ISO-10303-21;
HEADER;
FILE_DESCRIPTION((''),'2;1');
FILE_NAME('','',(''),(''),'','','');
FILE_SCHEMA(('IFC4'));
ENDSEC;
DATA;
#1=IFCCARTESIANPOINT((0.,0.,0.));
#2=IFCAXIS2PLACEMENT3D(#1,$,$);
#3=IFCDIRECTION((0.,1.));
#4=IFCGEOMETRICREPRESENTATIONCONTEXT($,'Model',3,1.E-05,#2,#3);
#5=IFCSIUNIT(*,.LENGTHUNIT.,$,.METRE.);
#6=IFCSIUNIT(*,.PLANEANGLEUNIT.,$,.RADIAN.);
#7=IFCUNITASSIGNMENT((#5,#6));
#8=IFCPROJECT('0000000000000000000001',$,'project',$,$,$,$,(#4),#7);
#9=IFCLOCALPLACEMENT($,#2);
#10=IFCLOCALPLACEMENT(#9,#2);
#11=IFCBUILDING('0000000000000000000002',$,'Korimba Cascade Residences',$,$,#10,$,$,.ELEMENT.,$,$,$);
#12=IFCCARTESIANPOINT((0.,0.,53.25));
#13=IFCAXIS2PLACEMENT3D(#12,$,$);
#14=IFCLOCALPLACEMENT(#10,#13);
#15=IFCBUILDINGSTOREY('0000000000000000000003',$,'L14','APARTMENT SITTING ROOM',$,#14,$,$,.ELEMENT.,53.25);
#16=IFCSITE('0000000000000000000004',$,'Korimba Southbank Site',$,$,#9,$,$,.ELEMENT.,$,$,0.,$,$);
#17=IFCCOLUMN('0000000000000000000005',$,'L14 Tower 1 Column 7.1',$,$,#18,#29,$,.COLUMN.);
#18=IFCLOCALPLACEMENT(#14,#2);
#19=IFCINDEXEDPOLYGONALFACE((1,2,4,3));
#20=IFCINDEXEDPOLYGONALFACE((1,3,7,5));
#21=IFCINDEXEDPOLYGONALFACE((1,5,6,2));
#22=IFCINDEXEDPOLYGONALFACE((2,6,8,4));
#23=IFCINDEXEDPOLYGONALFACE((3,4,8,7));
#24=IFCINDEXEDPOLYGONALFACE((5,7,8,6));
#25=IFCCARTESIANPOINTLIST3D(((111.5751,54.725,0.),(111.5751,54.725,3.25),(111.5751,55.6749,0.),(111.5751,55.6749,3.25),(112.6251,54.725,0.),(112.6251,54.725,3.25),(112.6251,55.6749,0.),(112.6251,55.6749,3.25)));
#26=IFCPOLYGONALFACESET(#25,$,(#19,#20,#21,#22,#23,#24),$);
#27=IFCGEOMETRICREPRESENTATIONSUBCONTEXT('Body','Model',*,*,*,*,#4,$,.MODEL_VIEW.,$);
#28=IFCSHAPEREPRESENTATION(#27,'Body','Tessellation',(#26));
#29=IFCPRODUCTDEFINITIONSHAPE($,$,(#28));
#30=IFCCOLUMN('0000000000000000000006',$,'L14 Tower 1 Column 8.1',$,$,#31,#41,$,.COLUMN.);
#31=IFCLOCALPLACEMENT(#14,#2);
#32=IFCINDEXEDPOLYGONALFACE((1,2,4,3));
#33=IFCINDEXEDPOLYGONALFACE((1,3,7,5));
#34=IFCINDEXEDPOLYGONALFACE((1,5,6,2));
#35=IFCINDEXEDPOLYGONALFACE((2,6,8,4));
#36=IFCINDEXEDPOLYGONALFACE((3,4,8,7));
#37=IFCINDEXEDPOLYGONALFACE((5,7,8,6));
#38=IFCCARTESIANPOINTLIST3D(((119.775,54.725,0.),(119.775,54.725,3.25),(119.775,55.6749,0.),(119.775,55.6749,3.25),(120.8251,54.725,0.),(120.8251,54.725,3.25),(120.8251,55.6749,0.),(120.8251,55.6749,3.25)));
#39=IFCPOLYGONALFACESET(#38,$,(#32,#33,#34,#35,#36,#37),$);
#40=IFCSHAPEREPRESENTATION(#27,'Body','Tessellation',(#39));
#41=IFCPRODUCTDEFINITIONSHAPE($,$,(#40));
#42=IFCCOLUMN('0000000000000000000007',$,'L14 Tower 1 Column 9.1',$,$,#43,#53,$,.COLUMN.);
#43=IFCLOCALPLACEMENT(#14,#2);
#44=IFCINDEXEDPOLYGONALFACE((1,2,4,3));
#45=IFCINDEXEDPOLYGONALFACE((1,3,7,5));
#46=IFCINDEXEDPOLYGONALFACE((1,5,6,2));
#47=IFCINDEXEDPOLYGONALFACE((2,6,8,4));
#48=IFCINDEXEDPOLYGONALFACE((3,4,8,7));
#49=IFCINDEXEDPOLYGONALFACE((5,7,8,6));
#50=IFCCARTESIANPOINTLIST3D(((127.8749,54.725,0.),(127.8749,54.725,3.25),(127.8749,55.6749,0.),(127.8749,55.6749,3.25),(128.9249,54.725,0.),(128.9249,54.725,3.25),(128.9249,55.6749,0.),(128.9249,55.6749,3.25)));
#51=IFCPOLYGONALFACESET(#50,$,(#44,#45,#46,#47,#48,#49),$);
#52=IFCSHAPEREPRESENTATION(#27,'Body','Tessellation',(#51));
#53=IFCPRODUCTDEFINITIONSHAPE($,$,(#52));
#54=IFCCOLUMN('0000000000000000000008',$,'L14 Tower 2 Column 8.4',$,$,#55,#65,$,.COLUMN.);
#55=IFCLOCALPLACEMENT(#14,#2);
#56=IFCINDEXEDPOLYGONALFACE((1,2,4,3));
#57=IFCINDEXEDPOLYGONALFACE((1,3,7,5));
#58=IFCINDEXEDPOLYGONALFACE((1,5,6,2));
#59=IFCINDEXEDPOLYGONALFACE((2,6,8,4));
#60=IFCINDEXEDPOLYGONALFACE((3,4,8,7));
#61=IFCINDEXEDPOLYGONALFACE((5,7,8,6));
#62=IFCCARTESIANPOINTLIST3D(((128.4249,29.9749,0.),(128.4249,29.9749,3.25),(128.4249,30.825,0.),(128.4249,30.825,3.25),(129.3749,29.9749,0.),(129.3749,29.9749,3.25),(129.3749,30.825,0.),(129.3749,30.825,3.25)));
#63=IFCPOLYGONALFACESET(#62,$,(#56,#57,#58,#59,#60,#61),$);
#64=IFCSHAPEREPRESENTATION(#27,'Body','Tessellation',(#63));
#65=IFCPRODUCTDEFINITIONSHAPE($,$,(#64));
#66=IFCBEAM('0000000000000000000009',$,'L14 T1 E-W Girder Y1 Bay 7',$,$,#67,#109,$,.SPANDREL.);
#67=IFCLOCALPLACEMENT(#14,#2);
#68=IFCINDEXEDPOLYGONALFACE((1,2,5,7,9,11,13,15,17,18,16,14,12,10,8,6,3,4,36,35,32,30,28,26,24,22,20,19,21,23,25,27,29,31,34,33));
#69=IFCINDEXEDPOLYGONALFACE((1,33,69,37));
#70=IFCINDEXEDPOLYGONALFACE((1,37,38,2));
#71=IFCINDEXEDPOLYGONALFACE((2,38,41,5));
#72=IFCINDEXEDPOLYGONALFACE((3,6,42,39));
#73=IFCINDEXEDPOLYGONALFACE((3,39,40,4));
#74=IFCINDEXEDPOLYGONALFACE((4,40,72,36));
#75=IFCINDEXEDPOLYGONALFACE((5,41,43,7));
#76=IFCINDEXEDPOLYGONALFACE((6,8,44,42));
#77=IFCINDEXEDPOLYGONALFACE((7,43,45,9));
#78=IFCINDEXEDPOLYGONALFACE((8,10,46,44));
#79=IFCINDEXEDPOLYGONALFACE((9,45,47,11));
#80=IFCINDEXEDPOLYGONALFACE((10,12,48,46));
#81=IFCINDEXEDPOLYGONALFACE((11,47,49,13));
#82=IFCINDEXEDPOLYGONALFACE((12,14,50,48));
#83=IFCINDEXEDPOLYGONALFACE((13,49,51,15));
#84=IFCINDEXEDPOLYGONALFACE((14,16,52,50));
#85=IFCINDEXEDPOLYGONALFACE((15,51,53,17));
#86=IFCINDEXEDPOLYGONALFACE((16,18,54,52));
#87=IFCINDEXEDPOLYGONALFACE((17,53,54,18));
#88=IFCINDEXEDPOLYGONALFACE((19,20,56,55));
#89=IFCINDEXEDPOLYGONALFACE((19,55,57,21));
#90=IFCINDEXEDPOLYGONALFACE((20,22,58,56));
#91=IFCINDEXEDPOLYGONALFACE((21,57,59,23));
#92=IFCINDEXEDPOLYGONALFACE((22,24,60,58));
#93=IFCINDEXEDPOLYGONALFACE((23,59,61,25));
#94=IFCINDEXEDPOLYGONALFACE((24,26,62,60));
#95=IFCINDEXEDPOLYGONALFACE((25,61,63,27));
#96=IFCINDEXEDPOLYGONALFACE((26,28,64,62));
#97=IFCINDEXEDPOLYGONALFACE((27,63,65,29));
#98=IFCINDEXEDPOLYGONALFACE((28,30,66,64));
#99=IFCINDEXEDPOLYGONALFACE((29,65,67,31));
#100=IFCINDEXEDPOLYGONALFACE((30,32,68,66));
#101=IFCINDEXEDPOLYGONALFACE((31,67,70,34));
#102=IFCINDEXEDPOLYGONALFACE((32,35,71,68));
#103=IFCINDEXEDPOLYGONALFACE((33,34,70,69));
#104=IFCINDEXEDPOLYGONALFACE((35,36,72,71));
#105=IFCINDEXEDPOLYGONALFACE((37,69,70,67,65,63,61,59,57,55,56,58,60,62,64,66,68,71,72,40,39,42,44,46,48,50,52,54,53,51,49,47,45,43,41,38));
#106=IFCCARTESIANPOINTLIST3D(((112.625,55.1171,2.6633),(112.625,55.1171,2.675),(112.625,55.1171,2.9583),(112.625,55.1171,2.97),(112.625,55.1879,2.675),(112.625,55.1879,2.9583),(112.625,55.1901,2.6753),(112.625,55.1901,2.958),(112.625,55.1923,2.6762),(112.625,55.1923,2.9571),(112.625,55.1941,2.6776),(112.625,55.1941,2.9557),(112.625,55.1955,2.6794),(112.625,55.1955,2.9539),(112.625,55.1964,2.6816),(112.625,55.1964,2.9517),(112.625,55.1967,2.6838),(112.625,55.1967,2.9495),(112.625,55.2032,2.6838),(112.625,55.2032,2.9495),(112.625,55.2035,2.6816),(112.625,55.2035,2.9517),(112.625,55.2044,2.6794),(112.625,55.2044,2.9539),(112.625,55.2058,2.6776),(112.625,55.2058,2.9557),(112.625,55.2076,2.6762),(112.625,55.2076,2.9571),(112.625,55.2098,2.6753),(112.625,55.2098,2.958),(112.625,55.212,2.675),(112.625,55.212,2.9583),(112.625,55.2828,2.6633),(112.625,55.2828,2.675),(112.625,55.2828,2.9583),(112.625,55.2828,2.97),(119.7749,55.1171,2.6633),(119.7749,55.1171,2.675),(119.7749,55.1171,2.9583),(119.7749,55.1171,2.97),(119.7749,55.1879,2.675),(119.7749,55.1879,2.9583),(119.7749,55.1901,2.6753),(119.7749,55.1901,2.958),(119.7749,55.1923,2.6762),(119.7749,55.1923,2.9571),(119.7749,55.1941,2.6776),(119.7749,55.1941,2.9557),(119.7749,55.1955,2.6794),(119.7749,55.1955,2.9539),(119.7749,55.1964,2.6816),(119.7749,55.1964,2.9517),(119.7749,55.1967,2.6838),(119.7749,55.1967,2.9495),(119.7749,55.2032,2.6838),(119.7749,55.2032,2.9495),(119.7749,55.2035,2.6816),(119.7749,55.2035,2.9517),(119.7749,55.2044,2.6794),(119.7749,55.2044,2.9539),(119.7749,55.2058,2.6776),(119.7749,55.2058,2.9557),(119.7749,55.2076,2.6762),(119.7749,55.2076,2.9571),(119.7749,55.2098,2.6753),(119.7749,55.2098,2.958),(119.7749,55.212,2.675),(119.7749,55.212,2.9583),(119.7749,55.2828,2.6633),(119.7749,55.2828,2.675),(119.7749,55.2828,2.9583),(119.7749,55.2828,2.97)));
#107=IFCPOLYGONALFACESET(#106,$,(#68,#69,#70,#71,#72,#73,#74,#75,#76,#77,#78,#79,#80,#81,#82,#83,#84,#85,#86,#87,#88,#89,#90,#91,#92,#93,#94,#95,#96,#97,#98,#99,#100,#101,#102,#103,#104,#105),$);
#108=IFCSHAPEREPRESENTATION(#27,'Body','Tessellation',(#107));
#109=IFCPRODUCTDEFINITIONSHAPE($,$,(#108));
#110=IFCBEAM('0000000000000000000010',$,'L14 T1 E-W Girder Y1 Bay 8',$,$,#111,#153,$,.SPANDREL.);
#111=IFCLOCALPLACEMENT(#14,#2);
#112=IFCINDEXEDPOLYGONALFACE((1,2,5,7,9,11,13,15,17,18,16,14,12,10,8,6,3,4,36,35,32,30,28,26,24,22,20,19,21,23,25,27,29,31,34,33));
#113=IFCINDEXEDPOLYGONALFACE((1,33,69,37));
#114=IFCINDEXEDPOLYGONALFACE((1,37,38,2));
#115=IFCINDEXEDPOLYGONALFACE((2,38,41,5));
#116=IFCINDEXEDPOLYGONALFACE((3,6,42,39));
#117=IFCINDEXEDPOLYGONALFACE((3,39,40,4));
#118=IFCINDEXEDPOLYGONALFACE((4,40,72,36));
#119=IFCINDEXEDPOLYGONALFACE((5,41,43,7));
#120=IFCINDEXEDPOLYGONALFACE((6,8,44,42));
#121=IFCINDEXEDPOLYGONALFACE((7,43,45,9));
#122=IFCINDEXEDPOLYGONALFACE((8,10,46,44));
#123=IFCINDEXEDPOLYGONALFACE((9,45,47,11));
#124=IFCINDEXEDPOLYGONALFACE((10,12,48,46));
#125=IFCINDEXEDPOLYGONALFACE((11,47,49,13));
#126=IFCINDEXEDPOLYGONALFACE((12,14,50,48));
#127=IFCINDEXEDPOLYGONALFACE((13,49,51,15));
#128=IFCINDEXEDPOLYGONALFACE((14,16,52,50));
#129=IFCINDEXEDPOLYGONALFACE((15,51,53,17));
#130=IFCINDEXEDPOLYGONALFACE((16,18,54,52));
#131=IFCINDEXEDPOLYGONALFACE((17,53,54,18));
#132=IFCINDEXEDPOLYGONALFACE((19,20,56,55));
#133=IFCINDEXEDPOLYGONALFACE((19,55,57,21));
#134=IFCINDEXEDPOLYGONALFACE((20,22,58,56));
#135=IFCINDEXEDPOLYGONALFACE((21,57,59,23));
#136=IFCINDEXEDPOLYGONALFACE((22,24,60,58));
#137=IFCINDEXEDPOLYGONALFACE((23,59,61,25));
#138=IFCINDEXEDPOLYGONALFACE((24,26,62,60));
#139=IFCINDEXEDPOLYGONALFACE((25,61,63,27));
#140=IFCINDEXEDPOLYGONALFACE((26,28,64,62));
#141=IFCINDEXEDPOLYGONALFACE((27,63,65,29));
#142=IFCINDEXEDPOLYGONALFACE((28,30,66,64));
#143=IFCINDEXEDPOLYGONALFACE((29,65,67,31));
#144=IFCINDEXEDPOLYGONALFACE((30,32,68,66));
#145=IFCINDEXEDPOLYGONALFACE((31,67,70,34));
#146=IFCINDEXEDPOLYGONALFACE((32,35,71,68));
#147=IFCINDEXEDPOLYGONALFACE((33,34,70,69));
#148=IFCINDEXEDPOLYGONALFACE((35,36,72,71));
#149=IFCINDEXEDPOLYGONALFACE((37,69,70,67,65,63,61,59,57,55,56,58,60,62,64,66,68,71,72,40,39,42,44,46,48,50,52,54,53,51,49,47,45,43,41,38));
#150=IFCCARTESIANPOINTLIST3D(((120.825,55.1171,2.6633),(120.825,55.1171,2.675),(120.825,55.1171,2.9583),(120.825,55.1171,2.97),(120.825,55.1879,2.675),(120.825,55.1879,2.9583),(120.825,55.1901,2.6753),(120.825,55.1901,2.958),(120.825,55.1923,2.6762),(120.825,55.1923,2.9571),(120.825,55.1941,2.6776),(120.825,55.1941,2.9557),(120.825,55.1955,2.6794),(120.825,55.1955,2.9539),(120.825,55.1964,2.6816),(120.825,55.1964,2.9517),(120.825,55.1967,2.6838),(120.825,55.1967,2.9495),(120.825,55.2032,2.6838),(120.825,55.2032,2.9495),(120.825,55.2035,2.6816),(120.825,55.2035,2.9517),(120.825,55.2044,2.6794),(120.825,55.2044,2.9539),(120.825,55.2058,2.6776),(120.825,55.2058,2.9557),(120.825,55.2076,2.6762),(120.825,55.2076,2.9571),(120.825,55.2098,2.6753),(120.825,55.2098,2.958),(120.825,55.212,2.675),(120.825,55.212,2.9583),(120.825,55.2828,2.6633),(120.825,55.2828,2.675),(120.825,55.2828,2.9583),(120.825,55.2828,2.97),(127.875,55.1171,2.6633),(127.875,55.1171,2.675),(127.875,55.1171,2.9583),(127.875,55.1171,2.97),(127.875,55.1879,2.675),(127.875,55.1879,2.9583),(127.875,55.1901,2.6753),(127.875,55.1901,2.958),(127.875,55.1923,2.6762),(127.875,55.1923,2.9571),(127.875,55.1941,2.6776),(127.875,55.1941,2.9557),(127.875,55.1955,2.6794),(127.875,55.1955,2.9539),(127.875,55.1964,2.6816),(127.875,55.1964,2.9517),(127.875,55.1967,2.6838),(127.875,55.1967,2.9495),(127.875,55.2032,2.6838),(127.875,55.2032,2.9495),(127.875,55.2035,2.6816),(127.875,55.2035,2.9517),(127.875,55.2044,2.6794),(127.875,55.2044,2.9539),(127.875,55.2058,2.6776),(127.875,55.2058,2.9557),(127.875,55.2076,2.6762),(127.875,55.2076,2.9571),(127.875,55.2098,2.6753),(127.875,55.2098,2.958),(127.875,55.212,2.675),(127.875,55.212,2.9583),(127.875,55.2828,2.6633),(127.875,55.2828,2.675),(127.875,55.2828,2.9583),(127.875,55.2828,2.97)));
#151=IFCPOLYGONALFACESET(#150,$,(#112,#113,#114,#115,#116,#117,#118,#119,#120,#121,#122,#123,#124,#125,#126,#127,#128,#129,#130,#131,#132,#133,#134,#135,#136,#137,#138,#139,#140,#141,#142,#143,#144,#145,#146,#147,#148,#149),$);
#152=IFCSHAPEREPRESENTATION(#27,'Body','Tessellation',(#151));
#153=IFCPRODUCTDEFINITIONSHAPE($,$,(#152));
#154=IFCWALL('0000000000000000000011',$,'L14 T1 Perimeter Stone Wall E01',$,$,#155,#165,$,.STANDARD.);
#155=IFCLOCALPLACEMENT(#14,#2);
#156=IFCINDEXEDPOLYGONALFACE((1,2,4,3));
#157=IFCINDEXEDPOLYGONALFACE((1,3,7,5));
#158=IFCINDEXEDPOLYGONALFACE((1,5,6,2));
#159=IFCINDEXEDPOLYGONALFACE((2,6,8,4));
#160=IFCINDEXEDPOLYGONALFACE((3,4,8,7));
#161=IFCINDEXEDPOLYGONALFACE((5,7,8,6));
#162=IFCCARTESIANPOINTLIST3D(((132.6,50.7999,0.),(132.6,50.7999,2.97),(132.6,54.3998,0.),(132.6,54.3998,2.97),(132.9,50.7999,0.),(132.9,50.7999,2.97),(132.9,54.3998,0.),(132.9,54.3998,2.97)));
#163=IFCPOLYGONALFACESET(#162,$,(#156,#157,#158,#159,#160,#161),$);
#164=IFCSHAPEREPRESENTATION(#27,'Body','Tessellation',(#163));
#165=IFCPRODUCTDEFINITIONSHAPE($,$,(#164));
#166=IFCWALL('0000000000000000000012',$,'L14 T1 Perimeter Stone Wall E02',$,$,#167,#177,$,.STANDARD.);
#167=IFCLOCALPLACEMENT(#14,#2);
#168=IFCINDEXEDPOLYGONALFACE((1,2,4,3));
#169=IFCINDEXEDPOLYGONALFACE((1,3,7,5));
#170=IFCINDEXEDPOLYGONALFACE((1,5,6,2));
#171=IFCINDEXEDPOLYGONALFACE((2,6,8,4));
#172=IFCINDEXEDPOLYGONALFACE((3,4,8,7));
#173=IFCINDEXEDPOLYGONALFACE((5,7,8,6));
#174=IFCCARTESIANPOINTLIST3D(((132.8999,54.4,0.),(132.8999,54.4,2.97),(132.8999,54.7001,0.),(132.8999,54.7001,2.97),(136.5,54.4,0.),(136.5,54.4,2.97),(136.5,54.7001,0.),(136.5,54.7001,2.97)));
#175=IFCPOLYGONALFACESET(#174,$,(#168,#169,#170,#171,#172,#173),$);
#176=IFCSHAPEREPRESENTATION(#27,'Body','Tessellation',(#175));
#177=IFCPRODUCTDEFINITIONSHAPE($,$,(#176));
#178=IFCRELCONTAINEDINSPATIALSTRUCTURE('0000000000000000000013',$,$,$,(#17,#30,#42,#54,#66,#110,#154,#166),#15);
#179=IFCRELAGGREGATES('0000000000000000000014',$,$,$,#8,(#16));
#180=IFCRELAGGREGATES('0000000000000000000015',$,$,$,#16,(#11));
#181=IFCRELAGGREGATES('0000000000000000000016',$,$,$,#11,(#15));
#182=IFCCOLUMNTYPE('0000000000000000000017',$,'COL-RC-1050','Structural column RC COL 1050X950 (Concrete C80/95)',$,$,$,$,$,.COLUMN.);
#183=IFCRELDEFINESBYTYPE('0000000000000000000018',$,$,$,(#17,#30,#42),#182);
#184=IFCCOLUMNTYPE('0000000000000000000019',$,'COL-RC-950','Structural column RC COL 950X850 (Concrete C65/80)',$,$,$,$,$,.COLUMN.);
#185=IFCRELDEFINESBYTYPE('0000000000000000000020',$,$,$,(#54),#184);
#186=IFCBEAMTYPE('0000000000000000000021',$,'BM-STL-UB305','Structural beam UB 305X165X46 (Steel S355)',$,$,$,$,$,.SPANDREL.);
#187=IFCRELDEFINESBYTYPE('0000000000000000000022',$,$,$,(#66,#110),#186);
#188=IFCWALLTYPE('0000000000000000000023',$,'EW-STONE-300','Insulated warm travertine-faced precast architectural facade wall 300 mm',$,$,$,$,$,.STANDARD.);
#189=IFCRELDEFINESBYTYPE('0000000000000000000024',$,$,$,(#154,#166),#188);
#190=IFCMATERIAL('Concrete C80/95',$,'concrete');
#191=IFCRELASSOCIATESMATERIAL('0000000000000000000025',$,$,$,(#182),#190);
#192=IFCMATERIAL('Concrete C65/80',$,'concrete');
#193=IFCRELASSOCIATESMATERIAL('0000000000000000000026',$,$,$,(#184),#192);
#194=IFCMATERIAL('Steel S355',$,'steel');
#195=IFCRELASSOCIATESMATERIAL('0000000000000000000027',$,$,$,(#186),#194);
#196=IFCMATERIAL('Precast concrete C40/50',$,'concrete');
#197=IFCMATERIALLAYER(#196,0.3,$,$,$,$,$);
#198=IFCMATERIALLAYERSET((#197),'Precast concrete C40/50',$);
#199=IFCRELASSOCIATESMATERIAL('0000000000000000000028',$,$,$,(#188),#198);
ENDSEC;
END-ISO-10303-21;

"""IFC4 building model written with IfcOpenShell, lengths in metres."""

from ifc_helpers import new_model, si_unit, direction, frame, frame_2d, origin, origin_2d, place, context, subcontext, project, spatial, rectangle, i_section, extrude, material, layer, layer_set, material_profile, profile_set, type_object, element, save


model = new_model("IFC4")

# Units and contexts
model_context = context("Model", 3, precision=1e-05, world=origin(), true_north=direction((0.0, 1.0)))
body_context = subcontext(model_context, "Body", "Model", "MODEL_VIEW")
ifc_project = project(units=[si_unit("LENGTHUNIT", "METRE"), si_unit("PLANEANGLEUNIT", "RADIAN")], contexts=[model_context])

# Site, building, storey
site_placement = place(None, origin())
site = spatial("IfcSite", under=ifc_project, at=site_placement, Name="Korimba Southbank Site", CompositionType="ELEMENT", RefElevation=0.0)
building_placement = place(site_placement, origin())
building = spatial("IfcBuilding", under=site, at=building_placement, Name="Korimba Cascade Residences", CompositionType="ELEMENT")
storey_placement = place(building_placement, frame((0.0, 0.0, 53.25)))
storey = spatial("IfcBuildingStorey", under=building, at=storey_placement, Name="L14", Description="APARTMENT SITTING ROOM", CompositionType="ELEMENT", Elevation=53.25)

# Columns
ifc_material_1 = material(Name="Concrete C80/95", Category="concrete")
ifc_material_profile_1 = material_profile(ifc_material_1, rectangle(XDim=1.05, YDim=0.95, at=origin_2d()), Name="Concrete C80/95")
ifc_profile_set_1 = profile_set([ifc_material_profile_1], Name="Concrete C80/95")
column_type_1 = type_object("IfcColumnType", Name="COL-RC-1050", Description="Structural column RC COL 1050X950 (Concrete C80/95)", PredefinedType="COLUMN", material=ifc_profile_set_1)
for number, where, z_axis, x_axis, name in (
    (1, (112.1001, 55.2, 0.0), (0.0, 0.0, 1.0), (1.0, 0.0, 0.0), "L14 Tower 1 Column 7.1"),
    (2, (120.3, 55.2, 0.0), (0.0, 0.0, 1.0), (1.0, 0.0, 0.0), "L14 Tower 1 Column 8.1"),
    (3, (128.3999, 55.2, 0.0), (0.0, 0.0, 1.0), (1.0, 0.0, 0.0), "L14 Tower 1 Column 9.1"),
):
    element("IfcColumn", number, at=place(storey_placement, frame(where, z_axis=z_axis, x_axis=x_axis)), inside=storey, type_object=column_type_1, Name=name, PredefinedType="COLUMN", context=body_context, shape_type="SweptSolid", body=[
        extrude(rectangle(XDim=1.05, YDim=0.95, at=origin_2d()), origin(), (0.0, 0.0, 1.0), 3.25),
    ])
ifc_material_2 = material(Name="Concrete C65/80", Category="concrete")
ifc_material_profile_2 = material_profile(ifc_material_2, rectangle(XDim=0.95, YDim=0.8501, at=origin_2d()), Name="Concrete C65/80")
ifc_profile_set_2 = profile_set([ifc_material_profile_2], Name="Concrete C65/80")
column_type_2 = type_object("IfcColumnType", Name="COL-RC-950", Description="Structural column RC COL 950X850 (Concrete C65/80)", PredefinedType="COLUMN", material=ifc_profile_set_2)
column_placement = place(storey_placement, frame((128.8999, 30.3999, 0.0), z_axis=(0.0, 0.0, 1.0), x_axis=(1.0, 0.0, 0.0)))
element("IfcColumn", 4, at=column_placement, inside=storey, type_object=column_type_2, Name="L14 Tower 2 Column 8.4", PredefinedType="COLUMN", context=body_context, shape_type="SweptSolid", body=[
    extrude(rectangle(XDim=0.95, YDim=0.8501, at=origin_2d()), origin(), (0.0, 0.0, 1.0), 3.25),
])

# Beams
ifc_material_3 = material(Name="Steel S355", Category="steel")
ifc_material_profile_3 = material_profile(ifc_material_3, i_section(OverallWidth=0.1658, OverallDepth=0.3066, WebThickness=0.0066, FlangeThickness=0.0117, FilletRadius=0.0088, at=origin_2d()), Name="Steel S355")
ifc_profile_set_3 = profile_set([ifc_material_profile_3], Name="Steel S355")
beam_type = type_object("IfcBeamType", Name="BM-STL-UB305", Description="Structural beam UB 305X165X46 (Steel S355)", PredefinedType="SPANDREL", material=ifc_profile_set_3)
beam_1_placement = place(storey_placement, frame((112.625, 55.2, 2.8167), z_axis=(1.0, 0.0, 0.0), x_axis=(0.0, 1.0, 0.0)))
element("IfcBeam", 5, at=beam_1_placement, inside=storey, type_object=beam_type, Name="L14 T1 E-W Girder Y1 Bay 7", PredefinedType="SPANDREL", context=body_context, shape_type="SweptSolid", body=[
    extrude(i_section(OverallWidth=0.1658, OverallDepth=0.3066, WebThickness=0.0066, FlangeThickness=0.0117, FilletRadius=0.0088, at=origin_2d()), origin(), (0.0, 0.0, 1.0), 7.1499),
])
beam_2_placement = place(storey_placement, frame((120.825, 55.2, 2.8167), z_axis=(1.0, 0.0, 0.0), x_axis=(0.0, 1.0, 0.0)))
element("IfcBeam", 6, at=beam_2_placement, inside=storey, type_object=beam_type, Name="L14 T1 E-W Girder Y1 Bay 8", PredefinedType="SPANDREL", context=body_context, shape_type="SweptSolid", body=[
    extrude(i_section(OverallWidth=0.1658, OverallDepth=0.3066, WebThickness=0.0066, FlangeThickness=0.0117, FilletRadius=0.0088, at=origin_2d()), origin(), (0.0, 0.0, 1.0), 7.05),
])

# Walls
ifc_material_4 = material(Name="Precast concrete C40/50", Category="concrete")
ifc_layer_1 = layer(ifc_material_4, 0.3)
ifc_layer_set_1 = layer_set([ifc_layer_1], Name="Precast concrete C40/50")
wall_type_1 = type_object("IfcWallType", Name="EW-STONE-300", Description="Insulated warm travertine-faced precast architectural facade wall 300 mm", PredefinedType="STANDARD", material=ifc_layer_set_1)
wall_1_placement = place(storey_placement, frame((132.75, 50.8, 0.0), z_axis=(0.0, 0.0, 1.0), x_axis=(0.0, 1.0, 0.0)))
element("IfcWall", 7, at=wall_1_placement, inside=storey, type_object=wall_type_1, Name="L14 T1 Perimeter Stone Wall E01", PredefinedType="STANDARD", context=body_context, shape_type="SweptSolid", body=[
    extrude(rectangle(XDim=3.5999, YDim=0.3, at=frame_2d((1.7998, 0.0))), origin(), (0.0, 0.0, 1.0), 2.97),
])
wall_2_placement = place(storey_placement, frame((132.8999, 54.55, 0.0), z_axis=(0.0, 0.0, 1.0), x_axis=(1.0, 0.0, 0.0)))
element("IfcWall", 8, at=wall_2_placement, inside=storey, type_object=wall_type_1, Name="L14 T1 Perimeter Stone Wall E02", PredefinedType="STANDARD", context=body_context, shape_type="SweptSolid", body=[
    extrude(rectangle(XDim=3.6001, YDim=0.3, at=frame_2d((1.8, 0.0))), origin(), (0.0, 0.0, 1.0), 2.97),
])

save(model, "model.ifc")
